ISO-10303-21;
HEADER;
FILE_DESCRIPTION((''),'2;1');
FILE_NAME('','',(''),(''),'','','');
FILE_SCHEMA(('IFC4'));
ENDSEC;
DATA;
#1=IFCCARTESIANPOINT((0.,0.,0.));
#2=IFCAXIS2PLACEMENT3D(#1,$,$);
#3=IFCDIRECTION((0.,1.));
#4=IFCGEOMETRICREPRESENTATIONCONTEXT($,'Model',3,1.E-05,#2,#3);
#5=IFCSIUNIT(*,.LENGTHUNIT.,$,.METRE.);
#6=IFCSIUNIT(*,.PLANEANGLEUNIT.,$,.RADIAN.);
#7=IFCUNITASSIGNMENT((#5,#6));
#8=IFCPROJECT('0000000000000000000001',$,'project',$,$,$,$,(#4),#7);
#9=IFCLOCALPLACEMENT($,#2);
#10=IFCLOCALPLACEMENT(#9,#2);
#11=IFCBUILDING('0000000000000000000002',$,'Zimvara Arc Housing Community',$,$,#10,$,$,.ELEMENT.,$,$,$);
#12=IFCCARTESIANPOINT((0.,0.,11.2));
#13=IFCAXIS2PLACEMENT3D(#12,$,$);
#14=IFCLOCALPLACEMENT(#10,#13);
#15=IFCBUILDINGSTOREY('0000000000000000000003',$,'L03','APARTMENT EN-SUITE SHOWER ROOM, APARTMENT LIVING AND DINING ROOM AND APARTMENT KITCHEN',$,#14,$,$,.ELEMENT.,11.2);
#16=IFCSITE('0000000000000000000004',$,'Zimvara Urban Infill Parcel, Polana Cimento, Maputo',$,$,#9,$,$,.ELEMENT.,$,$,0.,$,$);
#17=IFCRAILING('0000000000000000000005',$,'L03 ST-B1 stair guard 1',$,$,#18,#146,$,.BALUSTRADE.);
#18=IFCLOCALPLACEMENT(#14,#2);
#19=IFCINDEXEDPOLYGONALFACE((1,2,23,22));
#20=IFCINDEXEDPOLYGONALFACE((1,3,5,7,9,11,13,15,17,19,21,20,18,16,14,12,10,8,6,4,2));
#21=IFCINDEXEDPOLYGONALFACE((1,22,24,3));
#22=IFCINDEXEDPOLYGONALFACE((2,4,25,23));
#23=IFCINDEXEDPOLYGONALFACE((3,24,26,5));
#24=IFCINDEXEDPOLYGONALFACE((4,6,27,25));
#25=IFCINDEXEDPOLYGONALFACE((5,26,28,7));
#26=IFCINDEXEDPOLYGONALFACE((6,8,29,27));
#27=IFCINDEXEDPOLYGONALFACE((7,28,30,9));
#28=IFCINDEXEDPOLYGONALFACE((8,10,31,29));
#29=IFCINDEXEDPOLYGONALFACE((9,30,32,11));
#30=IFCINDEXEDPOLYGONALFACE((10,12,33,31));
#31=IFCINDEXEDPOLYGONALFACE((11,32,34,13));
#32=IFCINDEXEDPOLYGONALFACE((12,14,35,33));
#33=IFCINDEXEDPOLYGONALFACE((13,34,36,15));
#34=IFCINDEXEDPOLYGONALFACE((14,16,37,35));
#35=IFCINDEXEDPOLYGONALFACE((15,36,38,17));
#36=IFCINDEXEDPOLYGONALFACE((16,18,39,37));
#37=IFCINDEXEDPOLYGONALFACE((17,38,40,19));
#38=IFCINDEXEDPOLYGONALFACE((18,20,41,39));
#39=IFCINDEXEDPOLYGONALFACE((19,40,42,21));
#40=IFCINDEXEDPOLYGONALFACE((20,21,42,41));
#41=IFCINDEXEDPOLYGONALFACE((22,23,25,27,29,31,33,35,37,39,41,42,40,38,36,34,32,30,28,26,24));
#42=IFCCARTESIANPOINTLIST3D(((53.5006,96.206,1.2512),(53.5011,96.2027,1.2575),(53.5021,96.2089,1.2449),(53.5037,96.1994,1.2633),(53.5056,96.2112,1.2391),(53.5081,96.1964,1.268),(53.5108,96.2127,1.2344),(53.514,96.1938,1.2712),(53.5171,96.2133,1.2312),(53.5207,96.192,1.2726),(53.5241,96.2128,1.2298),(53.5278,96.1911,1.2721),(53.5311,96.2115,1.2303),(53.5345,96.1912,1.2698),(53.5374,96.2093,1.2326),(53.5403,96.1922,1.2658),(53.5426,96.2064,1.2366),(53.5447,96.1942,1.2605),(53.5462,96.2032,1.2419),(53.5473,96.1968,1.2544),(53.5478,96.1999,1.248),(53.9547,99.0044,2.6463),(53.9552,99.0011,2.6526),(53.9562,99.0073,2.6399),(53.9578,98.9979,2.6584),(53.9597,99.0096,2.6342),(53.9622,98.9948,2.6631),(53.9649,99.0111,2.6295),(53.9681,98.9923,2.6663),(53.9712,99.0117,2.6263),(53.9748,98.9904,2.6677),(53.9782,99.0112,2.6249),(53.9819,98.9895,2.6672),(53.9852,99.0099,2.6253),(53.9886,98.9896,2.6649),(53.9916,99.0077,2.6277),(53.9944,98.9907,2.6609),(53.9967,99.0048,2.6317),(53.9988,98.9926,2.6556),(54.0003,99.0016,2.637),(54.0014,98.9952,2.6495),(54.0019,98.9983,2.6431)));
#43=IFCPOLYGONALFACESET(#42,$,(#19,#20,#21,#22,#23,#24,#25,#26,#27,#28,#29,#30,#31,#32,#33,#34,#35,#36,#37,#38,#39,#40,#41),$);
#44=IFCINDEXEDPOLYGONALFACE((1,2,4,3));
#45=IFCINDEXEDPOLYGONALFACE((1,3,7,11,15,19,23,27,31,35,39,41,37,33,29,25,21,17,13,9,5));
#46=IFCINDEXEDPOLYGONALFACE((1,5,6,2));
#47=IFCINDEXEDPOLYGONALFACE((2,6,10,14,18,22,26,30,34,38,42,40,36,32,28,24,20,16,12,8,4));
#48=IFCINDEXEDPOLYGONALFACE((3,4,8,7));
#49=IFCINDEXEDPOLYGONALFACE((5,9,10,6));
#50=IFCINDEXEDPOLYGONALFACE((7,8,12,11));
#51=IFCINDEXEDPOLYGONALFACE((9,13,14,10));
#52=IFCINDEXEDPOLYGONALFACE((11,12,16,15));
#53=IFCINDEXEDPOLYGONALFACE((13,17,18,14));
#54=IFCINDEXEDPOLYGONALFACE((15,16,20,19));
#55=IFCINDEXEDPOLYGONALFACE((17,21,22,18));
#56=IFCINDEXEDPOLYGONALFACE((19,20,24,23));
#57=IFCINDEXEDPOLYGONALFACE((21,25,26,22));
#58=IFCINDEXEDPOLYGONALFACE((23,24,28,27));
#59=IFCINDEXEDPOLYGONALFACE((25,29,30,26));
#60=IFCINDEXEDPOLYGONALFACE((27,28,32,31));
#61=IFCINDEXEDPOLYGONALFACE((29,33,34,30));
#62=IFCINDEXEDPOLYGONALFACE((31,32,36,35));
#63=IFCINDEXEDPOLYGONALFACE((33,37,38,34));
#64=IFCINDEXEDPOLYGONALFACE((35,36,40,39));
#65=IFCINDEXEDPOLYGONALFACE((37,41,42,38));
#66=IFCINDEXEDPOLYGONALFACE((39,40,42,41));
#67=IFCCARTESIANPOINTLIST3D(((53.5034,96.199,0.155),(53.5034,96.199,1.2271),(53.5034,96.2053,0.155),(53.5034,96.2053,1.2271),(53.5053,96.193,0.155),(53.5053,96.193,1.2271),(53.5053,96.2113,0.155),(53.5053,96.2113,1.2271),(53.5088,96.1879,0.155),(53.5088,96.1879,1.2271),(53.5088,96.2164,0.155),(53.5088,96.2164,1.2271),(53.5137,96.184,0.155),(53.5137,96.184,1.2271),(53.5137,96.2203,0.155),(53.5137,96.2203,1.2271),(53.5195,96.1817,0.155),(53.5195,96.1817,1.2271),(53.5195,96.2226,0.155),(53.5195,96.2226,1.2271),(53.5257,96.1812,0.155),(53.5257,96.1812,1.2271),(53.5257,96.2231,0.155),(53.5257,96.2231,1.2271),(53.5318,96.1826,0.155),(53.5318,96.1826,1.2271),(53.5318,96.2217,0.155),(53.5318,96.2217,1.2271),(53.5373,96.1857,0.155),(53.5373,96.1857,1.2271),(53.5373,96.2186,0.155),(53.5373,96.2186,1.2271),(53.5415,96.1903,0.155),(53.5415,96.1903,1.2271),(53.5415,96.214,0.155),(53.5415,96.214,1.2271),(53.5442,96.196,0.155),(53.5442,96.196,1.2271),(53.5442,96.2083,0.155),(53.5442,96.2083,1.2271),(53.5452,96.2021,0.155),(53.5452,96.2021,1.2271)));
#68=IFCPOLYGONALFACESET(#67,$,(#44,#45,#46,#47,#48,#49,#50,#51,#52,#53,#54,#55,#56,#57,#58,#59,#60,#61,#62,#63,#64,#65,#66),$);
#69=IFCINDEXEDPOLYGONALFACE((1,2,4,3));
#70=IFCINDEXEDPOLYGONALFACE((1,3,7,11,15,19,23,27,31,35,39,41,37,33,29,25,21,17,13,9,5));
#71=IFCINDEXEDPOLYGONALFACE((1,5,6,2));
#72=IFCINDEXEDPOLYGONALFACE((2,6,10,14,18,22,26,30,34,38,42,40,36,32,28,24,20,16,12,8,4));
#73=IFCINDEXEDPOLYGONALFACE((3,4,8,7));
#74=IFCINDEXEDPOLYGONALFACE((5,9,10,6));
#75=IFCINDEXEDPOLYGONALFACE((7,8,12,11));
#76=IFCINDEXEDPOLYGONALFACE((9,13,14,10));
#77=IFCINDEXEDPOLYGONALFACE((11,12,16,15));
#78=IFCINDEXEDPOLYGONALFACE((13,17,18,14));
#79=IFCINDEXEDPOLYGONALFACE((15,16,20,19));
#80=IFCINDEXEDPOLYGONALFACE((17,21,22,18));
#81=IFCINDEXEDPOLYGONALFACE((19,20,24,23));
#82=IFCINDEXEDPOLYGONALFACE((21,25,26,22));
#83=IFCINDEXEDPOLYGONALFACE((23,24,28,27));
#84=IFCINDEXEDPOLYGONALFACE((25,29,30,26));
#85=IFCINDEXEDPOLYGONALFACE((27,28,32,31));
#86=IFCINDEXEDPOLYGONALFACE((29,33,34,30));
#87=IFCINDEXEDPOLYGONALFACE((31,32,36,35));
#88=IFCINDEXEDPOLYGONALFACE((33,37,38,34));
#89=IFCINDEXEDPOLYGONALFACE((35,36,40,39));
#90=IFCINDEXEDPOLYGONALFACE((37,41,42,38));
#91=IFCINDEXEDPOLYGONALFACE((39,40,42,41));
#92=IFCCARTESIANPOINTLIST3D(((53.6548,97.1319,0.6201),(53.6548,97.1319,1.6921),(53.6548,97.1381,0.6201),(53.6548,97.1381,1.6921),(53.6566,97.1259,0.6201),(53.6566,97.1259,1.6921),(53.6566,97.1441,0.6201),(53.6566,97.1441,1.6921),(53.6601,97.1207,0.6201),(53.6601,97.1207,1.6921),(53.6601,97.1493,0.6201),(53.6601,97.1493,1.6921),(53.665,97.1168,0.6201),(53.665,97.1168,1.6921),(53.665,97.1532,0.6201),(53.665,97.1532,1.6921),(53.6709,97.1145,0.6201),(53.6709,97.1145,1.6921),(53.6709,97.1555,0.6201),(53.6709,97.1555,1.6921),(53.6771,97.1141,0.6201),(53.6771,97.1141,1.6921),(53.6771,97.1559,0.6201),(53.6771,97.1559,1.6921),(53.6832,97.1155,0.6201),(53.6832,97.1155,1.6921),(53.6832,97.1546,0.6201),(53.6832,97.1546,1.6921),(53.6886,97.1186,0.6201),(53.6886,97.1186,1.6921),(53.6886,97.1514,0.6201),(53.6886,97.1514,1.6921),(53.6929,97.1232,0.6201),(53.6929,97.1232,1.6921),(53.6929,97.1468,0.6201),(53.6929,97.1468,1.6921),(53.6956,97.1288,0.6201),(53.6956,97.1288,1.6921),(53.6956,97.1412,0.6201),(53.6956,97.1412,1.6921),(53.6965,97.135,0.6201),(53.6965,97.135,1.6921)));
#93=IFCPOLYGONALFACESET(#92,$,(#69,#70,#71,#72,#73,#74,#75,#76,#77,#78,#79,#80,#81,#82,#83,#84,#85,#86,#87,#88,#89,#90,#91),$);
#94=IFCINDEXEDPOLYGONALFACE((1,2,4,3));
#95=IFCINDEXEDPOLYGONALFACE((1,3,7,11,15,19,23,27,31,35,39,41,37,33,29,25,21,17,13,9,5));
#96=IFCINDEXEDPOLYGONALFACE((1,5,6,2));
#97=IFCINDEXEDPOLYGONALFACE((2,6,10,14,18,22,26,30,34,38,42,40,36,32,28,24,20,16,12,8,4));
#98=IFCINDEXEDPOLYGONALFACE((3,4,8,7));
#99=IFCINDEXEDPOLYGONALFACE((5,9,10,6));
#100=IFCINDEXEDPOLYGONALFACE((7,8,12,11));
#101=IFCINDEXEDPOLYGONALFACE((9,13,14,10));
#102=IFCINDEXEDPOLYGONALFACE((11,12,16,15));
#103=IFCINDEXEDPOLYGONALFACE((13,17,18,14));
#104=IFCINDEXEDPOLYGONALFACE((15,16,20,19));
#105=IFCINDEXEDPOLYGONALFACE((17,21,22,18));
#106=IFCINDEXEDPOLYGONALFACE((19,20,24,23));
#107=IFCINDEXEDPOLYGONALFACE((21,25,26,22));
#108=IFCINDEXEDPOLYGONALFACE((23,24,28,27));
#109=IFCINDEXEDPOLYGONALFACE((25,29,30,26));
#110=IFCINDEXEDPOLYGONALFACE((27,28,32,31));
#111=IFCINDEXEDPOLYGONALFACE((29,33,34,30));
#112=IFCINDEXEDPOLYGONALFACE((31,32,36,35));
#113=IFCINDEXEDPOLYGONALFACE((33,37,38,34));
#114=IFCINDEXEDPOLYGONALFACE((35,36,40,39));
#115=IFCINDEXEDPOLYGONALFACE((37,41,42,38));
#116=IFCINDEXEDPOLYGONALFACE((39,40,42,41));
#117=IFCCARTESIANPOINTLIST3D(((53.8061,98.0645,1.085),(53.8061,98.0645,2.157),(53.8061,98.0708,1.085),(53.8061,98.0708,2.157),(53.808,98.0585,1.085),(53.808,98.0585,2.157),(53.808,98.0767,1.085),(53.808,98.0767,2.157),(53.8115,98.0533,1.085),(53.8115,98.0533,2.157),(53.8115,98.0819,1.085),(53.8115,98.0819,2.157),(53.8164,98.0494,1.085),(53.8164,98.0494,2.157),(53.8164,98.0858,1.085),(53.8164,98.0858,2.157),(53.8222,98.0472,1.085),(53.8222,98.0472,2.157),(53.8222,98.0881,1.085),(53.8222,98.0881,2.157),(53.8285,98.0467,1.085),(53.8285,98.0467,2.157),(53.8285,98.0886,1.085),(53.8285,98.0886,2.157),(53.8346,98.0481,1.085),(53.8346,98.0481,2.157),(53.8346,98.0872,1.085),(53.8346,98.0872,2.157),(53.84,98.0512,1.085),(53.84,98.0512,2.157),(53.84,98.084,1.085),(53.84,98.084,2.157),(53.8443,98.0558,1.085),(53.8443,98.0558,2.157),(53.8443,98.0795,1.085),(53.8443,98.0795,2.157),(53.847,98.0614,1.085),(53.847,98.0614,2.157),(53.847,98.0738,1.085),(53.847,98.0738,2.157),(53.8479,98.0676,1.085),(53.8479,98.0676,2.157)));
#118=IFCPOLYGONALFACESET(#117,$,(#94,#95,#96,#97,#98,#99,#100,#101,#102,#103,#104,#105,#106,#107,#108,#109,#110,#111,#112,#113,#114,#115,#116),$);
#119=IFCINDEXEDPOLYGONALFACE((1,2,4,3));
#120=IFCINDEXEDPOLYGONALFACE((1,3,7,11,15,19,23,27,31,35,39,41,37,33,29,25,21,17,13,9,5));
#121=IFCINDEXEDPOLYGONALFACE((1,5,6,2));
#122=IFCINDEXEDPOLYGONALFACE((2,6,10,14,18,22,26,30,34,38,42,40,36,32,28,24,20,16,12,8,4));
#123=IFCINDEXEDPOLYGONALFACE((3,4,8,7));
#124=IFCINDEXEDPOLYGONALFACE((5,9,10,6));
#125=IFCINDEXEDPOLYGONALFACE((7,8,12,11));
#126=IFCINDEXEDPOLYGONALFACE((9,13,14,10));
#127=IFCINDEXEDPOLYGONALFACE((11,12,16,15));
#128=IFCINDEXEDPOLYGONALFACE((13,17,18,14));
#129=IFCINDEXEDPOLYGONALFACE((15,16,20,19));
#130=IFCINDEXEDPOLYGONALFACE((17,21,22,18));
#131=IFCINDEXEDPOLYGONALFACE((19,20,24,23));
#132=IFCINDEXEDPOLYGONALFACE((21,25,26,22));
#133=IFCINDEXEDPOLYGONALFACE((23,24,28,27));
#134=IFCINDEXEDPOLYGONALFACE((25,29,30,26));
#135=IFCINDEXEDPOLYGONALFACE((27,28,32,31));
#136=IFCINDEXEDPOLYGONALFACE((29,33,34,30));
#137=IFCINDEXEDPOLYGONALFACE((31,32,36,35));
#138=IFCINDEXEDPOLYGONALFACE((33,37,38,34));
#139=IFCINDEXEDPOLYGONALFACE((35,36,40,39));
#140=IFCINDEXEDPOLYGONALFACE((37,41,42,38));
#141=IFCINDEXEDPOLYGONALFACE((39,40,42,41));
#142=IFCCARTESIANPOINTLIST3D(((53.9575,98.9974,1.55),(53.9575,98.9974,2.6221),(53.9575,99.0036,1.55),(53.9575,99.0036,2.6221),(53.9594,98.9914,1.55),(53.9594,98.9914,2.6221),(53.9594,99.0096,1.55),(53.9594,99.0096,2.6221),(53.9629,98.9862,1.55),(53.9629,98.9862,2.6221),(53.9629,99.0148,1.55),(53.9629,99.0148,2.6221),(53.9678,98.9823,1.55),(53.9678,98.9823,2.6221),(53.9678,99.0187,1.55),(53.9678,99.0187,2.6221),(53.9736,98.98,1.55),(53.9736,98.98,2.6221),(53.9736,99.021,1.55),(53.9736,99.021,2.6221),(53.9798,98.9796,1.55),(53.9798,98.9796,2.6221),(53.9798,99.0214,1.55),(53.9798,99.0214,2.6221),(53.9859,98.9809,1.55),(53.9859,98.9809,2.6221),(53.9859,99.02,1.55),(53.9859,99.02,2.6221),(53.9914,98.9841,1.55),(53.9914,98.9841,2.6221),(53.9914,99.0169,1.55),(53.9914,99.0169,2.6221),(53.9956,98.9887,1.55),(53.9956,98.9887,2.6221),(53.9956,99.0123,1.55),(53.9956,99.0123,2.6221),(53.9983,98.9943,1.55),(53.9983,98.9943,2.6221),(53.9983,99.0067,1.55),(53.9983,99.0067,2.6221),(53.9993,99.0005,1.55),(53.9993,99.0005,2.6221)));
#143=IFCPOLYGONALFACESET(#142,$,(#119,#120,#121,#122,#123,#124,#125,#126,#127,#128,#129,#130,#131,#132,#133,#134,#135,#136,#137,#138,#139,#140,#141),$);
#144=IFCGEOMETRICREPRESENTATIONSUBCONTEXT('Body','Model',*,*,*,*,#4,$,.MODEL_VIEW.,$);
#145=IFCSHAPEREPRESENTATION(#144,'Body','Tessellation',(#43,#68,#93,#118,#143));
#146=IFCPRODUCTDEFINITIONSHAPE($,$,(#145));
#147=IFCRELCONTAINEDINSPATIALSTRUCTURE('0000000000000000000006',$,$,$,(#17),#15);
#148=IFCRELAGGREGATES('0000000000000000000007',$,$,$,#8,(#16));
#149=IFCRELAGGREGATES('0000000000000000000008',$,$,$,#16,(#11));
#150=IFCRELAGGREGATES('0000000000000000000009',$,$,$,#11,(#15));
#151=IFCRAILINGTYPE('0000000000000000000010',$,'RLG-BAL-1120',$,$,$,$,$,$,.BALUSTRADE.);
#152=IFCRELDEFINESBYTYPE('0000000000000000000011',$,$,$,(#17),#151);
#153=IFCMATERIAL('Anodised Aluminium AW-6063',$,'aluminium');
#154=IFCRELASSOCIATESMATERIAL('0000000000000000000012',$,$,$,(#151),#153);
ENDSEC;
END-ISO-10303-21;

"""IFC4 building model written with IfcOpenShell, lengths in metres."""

from ifc_helpers import new_model, si_unit, direction, frame, origin, origin_2d, place, context, subcontext, project, spatial, circle, extrude, material, type_object, element, save


model = new_model("IFC4")

# Units and contexts
model_context = context("Model", 3, precision=1e-05, world=origin(), true_north=direction((0.0, 1.0)))
body_context = subcontext(model_context, "Body", "Model", "MODEL_VIEW")
ifc_project = project(units=[si_unit("LENGTHUNIT", "METRE"), si_unit("PLANEANGLEUNIT", "RADIAN")], contexts=[model_context])

# Site, building, storey
site_placement = place(None, origin())
site = spatial("IfcSite", under=ifc_project, at=site_placement, Name="Zimvara Urban Infill Parcel, Polana Cimento, Maputo", CompositionType="ELEMENT", RefElevation=0.0)
building_placement = place(site_placement, origin())
building = spatial("IfcBuilding", under=site, at=building_placement, Name="Zimvara Arc Housing Community", CompositionType="ELEMENT")
storey_placement = place(building_placement, frame((0.0, 0.0, 11.2)))
storey = spatial("IfcBuildingStorey", under=building, at=storey_placement, Name="L03", Description="APARTMENT EN-SUITE SHOWER ROOM, APARTMENT LIVING AND DINING ROOM AND APARTMENT KITCHEN", CompositionType="ELEMENT", Elevation=11.2)

# Railing
ifc_material_1 = material(Name="Anodised Aluminium AW-6063", Category="aluminium")
railing_type_1 = type_object("IfcRailingType", Name="RLG-BAL-1120", PredefinedType="BALUSTRADE", material=ifc_material_1)
railing_1_placement = place(storey_placement, frame((53.5242, 96.2021, 0.155)))
element("IfcRailing", 1, at=railing_1_placement, inside=storey, type_object=railing_type_1, Name="L03 ST-B1 stair guard 1", PredefinedType="BALUSTRADE", context=body_context, shape_type="SweptSolid", body=[
    extrude(circle(Radius=0.0239, at=origin_2d()), frame((0.0, 0.0, 1.0962), z_axis=(0.143722, 0.885666, 0.44152), x_axis=(-0.987088, 0.16018, 0.0)), (0.0, 0.0, 1.0), 3.1597),
    extrude(circle(Radius=0.021, at=origin_2d()), origin(), (0.0, 0.0, 1.0), 1.072),
    extrude(circle(Radius=0.021, at=origin_2d()), frame((0.1514, 0.9329, 0.4651)), (0.0, 0.0, 1.0), 1.072),
    extrude(circle(Radius=0.021, at=origin_2d()), frame((0.3027, 1.8655, 0.9299)), (0.0, 0.0, 1.0), 1.072),
    extrude(circle(Radius=0.021, at=origin_2d()), frame((0.4541, 2.7983, 1.395)), (0.0, 0.0, 1.0), 1.072),
])

save(model, "model.ifc")
